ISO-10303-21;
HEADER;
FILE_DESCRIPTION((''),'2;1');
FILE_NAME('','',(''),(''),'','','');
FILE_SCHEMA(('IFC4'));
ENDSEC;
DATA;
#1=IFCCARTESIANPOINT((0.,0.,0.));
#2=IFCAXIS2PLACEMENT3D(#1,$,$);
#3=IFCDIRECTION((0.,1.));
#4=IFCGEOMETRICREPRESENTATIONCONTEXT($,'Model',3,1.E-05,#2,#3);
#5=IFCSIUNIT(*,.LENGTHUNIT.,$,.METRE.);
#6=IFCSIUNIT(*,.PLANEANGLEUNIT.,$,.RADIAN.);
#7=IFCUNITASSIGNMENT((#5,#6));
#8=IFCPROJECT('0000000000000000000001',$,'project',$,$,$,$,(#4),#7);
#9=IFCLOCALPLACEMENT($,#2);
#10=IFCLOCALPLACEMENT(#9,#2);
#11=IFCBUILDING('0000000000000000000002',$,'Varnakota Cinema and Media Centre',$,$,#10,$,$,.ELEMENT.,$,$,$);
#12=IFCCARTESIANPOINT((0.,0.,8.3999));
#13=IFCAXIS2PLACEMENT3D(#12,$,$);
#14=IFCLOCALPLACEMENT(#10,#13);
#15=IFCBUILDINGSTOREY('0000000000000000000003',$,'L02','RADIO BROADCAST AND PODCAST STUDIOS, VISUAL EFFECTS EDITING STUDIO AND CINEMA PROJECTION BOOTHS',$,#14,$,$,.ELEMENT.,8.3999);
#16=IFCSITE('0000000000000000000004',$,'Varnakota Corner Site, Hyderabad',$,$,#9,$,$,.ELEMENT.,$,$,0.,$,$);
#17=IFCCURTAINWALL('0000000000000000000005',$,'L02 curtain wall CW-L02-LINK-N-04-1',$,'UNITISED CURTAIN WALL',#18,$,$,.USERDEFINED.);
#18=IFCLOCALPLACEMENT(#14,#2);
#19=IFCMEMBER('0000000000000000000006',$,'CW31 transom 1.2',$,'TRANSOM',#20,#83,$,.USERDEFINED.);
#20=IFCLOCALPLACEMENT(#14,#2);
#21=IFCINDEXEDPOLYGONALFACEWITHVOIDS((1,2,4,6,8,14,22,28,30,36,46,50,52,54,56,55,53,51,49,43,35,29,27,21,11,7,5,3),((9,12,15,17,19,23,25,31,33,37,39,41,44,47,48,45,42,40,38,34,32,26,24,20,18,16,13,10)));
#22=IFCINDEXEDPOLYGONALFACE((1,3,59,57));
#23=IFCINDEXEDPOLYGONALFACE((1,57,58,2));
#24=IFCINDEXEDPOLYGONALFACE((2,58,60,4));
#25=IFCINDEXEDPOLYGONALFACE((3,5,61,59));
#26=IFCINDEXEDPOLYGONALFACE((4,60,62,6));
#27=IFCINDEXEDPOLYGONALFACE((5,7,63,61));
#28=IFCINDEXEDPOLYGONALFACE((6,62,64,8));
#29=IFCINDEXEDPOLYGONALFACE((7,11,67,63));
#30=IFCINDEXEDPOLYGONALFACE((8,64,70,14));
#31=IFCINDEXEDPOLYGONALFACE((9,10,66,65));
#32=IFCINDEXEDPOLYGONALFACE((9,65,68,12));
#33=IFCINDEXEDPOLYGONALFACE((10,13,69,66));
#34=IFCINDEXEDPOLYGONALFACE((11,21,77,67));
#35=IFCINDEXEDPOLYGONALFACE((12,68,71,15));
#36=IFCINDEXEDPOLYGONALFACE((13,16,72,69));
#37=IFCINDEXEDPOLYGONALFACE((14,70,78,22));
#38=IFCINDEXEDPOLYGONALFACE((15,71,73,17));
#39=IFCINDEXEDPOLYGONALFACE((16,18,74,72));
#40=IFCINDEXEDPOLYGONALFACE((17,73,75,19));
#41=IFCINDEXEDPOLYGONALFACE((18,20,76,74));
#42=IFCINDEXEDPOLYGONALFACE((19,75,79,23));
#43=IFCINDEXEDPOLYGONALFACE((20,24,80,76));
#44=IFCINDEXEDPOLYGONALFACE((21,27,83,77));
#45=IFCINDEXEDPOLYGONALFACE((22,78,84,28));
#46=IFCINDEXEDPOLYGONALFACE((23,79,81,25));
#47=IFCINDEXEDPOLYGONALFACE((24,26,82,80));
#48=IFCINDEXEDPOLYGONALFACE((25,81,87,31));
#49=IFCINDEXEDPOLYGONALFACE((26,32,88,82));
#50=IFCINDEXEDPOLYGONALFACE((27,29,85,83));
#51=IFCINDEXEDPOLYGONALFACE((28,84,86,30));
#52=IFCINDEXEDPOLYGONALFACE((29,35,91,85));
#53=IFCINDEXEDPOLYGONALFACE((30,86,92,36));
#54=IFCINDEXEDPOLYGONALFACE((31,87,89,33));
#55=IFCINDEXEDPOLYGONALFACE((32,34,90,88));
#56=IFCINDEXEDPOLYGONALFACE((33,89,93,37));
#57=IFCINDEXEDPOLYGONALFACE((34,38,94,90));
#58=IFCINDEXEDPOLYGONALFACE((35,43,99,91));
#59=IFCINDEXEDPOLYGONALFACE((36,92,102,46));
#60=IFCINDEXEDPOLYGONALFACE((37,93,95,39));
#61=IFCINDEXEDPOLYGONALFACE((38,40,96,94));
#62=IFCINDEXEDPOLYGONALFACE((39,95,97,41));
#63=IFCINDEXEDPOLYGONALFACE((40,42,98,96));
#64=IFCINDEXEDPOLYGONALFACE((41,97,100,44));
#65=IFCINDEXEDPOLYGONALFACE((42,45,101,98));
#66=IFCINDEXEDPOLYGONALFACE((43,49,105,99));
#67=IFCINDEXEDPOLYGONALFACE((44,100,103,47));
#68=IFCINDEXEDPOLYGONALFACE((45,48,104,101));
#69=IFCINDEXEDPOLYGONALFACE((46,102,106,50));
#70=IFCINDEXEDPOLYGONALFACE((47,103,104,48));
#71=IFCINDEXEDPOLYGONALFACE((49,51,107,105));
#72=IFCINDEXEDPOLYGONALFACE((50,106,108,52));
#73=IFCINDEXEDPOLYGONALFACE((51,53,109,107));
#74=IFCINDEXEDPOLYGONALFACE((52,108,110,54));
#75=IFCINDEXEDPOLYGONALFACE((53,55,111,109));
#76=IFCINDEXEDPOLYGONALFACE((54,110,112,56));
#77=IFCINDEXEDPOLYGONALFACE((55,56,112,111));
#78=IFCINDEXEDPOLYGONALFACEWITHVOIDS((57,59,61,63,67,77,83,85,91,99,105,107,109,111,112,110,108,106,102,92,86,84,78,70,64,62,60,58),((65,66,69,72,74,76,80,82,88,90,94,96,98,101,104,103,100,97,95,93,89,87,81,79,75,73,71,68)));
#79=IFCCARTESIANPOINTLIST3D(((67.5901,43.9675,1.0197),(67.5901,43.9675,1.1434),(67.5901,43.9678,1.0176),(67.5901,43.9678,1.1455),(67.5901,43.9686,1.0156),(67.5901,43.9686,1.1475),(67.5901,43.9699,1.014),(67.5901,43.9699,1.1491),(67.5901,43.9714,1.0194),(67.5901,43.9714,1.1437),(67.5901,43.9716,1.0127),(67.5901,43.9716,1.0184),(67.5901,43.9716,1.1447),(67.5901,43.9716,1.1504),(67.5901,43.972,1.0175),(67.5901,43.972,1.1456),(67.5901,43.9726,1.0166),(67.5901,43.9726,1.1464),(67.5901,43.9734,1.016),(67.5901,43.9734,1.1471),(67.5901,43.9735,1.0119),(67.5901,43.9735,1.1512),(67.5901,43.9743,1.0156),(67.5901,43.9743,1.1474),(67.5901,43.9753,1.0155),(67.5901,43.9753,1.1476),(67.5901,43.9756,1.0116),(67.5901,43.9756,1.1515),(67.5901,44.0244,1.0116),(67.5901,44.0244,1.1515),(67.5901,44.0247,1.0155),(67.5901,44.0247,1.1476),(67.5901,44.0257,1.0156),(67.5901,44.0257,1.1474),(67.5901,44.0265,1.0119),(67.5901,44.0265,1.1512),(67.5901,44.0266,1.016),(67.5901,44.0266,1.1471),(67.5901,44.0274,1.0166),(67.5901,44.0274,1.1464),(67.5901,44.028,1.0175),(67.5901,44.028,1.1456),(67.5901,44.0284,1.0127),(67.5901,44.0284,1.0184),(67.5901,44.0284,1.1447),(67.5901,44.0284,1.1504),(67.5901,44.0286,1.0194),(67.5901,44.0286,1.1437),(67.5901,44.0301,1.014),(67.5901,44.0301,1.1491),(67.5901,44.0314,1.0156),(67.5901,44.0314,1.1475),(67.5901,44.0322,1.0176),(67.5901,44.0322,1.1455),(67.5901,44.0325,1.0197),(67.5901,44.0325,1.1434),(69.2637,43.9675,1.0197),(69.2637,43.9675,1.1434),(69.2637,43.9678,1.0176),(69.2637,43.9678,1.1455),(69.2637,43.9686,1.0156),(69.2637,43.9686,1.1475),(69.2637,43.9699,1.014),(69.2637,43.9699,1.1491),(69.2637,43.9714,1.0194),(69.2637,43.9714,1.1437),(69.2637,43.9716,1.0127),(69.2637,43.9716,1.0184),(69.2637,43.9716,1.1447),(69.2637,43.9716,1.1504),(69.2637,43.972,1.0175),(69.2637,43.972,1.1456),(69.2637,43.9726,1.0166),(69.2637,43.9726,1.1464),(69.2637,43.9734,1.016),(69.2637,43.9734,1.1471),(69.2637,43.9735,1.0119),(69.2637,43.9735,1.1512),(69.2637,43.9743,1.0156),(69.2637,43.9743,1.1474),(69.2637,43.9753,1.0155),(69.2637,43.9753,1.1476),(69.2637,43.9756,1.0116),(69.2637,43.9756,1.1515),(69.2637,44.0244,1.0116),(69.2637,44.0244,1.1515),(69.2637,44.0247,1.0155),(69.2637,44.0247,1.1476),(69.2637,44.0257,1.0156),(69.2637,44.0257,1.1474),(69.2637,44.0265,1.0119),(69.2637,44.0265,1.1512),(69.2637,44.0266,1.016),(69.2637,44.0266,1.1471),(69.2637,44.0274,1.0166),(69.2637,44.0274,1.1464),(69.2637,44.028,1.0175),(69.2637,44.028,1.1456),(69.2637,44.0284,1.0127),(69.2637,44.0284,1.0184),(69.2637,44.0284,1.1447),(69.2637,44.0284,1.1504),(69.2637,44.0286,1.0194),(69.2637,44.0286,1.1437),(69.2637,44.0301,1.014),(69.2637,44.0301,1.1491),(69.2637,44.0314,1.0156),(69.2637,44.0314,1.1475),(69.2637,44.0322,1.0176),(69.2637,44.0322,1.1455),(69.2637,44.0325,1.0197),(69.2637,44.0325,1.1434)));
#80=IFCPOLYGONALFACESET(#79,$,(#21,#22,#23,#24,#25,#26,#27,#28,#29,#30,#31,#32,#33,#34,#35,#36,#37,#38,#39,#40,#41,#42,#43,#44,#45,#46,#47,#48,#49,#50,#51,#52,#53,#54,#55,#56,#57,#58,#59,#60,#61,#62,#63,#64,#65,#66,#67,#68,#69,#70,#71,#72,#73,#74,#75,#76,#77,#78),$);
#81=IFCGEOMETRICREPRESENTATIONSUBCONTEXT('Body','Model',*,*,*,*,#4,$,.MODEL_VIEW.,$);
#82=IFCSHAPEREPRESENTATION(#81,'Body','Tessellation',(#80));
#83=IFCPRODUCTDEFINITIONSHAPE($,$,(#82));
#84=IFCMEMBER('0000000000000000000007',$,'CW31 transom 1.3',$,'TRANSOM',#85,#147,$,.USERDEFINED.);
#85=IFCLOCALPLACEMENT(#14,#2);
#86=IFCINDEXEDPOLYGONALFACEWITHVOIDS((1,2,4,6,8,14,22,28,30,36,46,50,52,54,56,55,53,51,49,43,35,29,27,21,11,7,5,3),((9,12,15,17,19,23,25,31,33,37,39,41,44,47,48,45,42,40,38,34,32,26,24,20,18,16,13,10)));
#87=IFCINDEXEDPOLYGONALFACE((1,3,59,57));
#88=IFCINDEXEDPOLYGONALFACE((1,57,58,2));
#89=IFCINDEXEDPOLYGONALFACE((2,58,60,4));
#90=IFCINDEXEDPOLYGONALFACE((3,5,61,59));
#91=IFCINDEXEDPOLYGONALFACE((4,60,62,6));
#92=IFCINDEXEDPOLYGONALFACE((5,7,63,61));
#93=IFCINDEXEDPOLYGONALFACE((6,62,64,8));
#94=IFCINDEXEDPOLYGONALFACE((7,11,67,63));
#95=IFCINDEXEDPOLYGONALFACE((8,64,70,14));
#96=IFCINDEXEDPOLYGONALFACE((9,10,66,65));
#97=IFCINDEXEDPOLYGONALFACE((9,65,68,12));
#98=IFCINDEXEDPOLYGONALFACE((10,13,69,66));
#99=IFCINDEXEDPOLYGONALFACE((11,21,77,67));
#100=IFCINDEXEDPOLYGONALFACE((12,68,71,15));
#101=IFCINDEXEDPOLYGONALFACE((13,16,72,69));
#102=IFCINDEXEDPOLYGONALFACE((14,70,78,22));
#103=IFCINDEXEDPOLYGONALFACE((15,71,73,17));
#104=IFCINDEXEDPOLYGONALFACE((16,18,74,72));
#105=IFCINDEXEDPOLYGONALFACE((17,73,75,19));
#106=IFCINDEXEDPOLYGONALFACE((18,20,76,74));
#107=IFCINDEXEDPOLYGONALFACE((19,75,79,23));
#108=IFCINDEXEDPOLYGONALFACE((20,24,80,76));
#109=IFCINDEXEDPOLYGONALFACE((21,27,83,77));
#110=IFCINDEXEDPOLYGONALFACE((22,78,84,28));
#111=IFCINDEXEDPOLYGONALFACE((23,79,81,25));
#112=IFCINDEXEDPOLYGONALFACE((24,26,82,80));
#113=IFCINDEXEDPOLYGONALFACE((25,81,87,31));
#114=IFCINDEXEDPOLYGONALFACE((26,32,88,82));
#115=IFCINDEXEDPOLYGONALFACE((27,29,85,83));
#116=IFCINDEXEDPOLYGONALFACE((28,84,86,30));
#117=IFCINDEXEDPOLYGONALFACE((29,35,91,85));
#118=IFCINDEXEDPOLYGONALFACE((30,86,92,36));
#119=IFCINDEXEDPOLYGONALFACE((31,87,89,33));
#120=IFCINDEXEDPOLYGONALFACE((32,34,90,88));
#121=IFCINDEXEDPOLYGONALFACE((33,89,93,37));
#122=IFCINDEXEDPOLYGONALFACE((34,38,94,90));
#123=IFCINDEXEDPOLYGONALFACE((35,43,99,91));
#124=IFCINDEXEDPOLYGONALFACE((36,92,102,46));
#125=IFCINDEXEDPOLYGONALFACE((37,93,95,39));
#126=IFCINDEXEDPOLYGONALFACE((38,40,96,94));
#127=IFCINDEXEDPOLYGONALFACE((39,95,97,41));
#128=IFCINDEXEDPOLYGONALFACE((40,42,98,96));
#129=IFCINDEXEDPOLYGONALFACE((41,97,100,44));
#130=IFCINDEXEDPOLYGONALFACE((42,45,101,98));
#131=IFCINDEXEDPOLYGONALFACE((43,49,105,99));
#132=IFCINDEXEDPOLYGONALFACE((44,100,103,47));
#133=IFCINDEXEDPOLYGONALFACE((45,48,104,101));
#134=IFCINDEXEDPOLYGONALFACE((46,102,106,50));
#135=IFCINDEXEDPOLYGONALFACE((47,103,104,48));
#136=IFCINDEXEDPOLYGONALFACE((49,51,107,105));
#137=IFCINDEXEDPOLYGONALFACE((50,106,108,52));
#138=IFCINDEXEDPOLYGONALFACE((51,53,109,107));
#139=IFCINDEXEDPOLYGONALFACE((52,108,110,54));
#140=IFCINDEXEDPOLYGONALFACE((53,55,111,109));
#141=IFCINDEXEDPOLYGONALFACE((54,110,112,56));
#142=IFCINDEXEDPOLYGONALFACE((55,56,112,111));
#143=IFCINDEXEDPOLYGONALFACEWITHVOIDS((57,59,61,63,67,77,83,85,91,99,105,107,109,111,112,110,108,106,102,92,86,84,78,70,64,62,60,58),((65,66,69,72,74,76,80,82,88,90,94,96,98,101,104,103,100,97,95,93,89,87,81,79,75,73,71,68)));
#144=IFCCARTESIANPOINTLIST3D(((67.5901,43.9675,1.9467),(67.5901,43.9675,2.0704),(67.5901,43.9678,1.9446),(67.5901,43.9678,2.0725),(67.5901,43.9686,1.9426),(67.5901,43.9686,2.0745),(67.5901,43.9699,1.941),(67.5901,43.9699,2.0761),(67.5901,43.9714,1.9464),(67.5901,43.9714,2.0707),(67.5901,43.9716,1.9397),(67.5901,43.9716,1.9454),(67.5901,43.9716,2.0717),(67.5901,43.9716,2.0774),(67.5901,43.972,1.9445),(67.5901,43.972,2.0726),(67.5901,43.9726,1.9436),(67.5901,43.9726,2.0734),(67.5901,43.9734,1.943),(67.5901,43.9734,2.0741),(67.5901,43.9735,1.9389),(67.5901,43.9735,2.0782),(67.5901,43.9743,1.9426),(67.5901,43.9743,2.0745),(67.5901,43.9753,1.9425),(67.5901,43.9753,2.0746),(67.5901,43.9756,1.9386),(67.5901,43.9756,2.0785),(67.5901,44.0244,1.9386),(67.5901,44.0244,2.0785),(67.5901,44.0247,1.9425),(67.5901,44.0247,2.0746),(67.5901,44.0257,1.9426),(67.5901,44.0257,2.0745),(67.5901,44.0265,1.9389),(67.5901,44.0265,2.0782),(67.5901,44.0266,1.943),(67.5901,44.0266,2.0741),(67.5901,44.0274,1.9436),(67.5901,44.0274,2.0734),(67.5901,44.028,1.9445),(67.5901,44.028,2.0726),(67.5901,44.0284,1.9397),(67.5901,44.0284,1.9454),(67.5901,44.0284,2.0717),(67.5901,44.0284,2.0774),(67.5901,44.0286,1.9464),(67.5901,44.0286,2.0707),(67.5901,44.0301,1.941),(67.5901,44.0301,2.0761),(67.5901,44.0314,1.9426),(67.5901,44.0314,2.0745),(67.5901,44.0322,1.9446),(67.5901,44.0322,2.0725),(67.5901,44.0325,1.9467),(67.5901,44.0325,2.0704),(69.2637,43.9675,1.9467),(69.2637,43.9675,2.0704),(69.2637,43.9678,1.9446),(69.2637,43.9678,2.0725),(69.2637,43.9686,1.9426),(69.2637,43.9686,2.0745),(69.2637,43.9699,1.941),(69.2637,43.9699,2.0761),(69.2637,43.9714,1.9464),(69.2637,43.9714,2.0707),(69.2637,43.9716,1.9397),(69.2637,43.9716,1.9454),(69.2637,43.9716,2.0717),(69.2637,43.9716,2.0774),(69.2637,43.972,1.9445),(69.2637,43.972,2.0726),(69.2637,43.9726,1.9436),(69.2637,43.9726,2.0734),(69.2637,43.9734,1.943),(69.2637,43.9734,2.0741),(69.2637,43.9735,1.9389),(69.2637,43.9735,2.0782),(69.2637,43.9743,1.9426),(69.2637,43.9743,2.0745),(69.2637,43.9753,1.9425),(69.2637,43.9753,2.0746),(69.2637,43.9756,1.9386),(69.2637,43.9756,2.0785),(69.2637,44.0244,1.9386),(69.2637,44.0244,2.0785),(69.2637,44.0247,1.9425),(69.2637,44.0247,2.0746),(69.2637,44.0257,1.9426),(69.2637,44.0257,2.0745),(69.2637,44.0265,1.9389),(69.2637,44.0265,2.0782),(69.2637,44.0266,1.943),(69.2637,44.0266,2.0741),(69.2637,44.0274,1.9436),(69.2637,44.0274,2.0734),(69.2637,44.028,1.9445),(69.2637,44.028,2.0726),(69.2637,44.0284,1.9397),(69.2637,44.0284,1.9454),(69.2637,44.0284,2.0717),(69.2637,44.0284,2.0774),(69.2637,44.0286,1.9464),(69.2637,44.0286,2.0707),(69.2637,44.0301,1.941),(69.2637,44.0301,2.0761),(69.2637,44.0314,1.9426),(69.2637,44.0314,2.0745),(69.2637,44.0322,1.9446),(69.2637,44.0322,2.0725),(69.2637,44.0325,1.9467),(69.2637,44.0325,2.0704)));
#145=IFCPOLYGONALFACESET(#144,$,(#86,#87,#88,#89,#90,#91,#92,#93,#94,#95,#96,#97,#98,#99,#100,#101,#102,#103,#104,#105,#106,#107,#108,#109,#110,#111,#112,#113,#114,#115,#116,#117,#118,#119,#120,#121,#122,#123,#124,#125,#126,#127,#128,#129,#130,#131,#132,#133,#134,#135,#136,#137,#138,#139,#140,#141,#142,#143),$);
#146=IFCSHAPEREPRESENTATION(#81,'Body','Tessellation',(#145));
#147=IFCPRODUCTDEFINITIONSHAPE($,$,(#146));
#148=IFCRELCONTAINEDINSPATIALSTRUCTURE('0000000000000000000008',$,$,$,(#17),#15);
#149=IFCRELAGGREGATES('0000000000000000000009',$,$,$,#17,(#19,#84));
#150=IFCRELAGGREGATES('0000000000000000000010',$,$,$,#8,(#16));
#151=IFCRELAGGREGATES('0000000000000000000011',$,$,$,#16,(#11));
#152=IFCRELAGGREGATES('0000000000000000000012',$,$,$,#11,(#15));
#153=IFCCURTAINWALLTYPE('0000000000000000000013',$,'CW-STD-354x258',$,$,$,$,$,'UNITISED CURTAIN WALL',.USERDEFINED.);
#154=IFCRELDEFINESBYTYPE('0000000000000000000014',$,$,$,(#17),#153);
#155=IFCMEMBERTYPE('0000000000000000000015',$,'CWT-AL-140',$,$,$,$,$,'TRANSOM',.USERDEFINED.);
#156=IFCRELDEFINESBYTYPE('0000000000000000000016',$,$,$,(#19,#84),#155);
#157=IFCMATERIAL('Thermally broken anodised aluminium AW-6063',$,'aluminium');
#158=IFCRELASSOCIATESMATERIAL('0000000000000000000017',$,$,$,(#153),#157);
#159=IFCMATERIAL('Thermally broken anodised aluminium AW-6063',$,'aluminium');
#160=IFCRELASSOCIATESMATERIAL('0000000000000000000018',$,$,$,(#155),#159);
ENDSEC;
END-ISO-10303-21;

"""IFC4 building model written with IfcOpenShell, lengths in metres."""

from ifc_helpers import new_model, si_unit, direction, frame, origin, origin_2d, place, context, subcontext, project, spatial, hollow_rectangle, extrude, material, material_profile, profile_set, type_object, element, aggregate, save


model = new_model("IFC4")

# Units and contexts
model_context = context("Model", 3, precision=1e-05, world=origin(), true_north=direction((0.0, 1.0)))
body_context = subcontext(model_context, "Body", "Model", "MODEL_VIEW")
ifc_project = project(units=[si_unit("LENGTHUNIT", "METRE"), si_unit("PLANEANGLEUNIT", "RADIAN")], contexts=[model_context])

# Site, building, storey
site_placement = place(None, origin())
site = spatial("IfcSite", under=ifc_project, at=site_placement, Name="Varnakota Corner Site, Hyderabad", CompositionType="ELEMENT", RefElevation=0.0)
building_placement = place(site_placement, origin())
building = spatial("IfcBuilding", under=site, at=building_placement, Name="Varnakota Cinema and Media Centre", CompositionType="ELEMENT")
storey_placement = place(building_placement, frame((0.0, 0.0, 8.3999)))
storey = spatial("IfcBuildingStorey", under=building, at=storey_placement, Name="L02", Description="RADIO BROADCAST AND PODCAST STUDIOS, VISUAL EFFECTS EDITING STUDIO AND CINEMA PROJECTION BOOTHS", CompositionType="ELEMENT", Elevation=8.3999)

# Shared definitions
ifc_material_1 = material(Name="Thermally broken anodised aluminium AW-6063", Category="aluminium")
curtain_wall_type = type_object("IfcCurtainWallType", Name="CW-STD-354x258", ElementType="UNITISED CURTAIN WALL", PredefinedType="USERDEFINED", material=ifc_material_1)

# Curtain wall
curtain_wall_1_placement = place(storey_placement, origin())
curtain_wall_1 = element("IfcCurtainWall", 1, at=curtain_wall_1_placement, inside=storey, type_object=curtain_wall_type, Name="L02 curtain wall CW-L02-LINK-N-04-1", ObjectType="UNITISED CURTAIN WALL", PredefinedType="USERDEFINED")

# Members
ifc_material_2 = material(Name="Thermally broken anodised aluminium AW-6063", Category="aluminium")
ifc_material_profile_1 = material_profile(ifc_material_2, hollow_rectangle(XDim=0.0649, YDim=0.1399, WallThickness=0.0039, InnerFilletRadius=0.0039, OuterFilletRadius=0.0081, at=origin_2d()), Name="AL-TRANSOM 140x65x4")
ifc_profile_set_1 = profile_set([ifc_material_profile_1], Name="Thermally broken anodised aluminium AW-6063")
member_type_1 = type_object("IfcMemberType", Name="CWT-AL-140", ElementType="TRANSOM", PredefinedType="USERDEFINED", material=ifc_profile_set_1)
member_1_placement = place(storey_placement, frame((67.5901, 44.0, 1.0815), z_axis=(1.0, 0.0, 0.0), x_axis=(0.0, 1.0, 0.0)))
member_1 = element("IfcMember", 2, at=member_1_placement, type_object=member_type_1, Name="CW31 transom 1.2", ObjectType="TRANSOM", PredefinedType="USERDEFINED", context=body_context, shape_type="SweptSolid", body=[
    extrude(hollow_rectangle(XDim=0.0649, YDim=0.1399, WallThickness=0.0039, InnerFilletRadius=0.0039, OuterFilletRadius=0.0081, at=origin_2d()), origin(), (0.0, 0.0, 1.0), 1.6736),
])
member_2_placement = place(storey_placement, frame((67.5901, 44.0, 2.0085), z_axis=(1.0, 0.0, 0.0), x_axis=(0.0, 1.0, 0.0)))
member_2 = element("IfcMember", 3, at=member_2_placement, type_object=member_type_1, Name="CW31 transom 1.3", ObjectType="TRANSOM", PredefinedType="USERDEFINED", context=body_context, shape_type="SweptSolid", body=[
    extrude(hollow_rectangle(XDim=0.0649, YDim=0.1399, WallThickness=0.0039, InnerFilletRadius=0.0039, OuterFilletRadius=0.0081, at=origin_2d()), origin(), (0.0, 0.0, 1.0), 1.6736),
])

aggregate(curtain_wall_1, [member_1, member_2])

save(model, "model.ifc")
